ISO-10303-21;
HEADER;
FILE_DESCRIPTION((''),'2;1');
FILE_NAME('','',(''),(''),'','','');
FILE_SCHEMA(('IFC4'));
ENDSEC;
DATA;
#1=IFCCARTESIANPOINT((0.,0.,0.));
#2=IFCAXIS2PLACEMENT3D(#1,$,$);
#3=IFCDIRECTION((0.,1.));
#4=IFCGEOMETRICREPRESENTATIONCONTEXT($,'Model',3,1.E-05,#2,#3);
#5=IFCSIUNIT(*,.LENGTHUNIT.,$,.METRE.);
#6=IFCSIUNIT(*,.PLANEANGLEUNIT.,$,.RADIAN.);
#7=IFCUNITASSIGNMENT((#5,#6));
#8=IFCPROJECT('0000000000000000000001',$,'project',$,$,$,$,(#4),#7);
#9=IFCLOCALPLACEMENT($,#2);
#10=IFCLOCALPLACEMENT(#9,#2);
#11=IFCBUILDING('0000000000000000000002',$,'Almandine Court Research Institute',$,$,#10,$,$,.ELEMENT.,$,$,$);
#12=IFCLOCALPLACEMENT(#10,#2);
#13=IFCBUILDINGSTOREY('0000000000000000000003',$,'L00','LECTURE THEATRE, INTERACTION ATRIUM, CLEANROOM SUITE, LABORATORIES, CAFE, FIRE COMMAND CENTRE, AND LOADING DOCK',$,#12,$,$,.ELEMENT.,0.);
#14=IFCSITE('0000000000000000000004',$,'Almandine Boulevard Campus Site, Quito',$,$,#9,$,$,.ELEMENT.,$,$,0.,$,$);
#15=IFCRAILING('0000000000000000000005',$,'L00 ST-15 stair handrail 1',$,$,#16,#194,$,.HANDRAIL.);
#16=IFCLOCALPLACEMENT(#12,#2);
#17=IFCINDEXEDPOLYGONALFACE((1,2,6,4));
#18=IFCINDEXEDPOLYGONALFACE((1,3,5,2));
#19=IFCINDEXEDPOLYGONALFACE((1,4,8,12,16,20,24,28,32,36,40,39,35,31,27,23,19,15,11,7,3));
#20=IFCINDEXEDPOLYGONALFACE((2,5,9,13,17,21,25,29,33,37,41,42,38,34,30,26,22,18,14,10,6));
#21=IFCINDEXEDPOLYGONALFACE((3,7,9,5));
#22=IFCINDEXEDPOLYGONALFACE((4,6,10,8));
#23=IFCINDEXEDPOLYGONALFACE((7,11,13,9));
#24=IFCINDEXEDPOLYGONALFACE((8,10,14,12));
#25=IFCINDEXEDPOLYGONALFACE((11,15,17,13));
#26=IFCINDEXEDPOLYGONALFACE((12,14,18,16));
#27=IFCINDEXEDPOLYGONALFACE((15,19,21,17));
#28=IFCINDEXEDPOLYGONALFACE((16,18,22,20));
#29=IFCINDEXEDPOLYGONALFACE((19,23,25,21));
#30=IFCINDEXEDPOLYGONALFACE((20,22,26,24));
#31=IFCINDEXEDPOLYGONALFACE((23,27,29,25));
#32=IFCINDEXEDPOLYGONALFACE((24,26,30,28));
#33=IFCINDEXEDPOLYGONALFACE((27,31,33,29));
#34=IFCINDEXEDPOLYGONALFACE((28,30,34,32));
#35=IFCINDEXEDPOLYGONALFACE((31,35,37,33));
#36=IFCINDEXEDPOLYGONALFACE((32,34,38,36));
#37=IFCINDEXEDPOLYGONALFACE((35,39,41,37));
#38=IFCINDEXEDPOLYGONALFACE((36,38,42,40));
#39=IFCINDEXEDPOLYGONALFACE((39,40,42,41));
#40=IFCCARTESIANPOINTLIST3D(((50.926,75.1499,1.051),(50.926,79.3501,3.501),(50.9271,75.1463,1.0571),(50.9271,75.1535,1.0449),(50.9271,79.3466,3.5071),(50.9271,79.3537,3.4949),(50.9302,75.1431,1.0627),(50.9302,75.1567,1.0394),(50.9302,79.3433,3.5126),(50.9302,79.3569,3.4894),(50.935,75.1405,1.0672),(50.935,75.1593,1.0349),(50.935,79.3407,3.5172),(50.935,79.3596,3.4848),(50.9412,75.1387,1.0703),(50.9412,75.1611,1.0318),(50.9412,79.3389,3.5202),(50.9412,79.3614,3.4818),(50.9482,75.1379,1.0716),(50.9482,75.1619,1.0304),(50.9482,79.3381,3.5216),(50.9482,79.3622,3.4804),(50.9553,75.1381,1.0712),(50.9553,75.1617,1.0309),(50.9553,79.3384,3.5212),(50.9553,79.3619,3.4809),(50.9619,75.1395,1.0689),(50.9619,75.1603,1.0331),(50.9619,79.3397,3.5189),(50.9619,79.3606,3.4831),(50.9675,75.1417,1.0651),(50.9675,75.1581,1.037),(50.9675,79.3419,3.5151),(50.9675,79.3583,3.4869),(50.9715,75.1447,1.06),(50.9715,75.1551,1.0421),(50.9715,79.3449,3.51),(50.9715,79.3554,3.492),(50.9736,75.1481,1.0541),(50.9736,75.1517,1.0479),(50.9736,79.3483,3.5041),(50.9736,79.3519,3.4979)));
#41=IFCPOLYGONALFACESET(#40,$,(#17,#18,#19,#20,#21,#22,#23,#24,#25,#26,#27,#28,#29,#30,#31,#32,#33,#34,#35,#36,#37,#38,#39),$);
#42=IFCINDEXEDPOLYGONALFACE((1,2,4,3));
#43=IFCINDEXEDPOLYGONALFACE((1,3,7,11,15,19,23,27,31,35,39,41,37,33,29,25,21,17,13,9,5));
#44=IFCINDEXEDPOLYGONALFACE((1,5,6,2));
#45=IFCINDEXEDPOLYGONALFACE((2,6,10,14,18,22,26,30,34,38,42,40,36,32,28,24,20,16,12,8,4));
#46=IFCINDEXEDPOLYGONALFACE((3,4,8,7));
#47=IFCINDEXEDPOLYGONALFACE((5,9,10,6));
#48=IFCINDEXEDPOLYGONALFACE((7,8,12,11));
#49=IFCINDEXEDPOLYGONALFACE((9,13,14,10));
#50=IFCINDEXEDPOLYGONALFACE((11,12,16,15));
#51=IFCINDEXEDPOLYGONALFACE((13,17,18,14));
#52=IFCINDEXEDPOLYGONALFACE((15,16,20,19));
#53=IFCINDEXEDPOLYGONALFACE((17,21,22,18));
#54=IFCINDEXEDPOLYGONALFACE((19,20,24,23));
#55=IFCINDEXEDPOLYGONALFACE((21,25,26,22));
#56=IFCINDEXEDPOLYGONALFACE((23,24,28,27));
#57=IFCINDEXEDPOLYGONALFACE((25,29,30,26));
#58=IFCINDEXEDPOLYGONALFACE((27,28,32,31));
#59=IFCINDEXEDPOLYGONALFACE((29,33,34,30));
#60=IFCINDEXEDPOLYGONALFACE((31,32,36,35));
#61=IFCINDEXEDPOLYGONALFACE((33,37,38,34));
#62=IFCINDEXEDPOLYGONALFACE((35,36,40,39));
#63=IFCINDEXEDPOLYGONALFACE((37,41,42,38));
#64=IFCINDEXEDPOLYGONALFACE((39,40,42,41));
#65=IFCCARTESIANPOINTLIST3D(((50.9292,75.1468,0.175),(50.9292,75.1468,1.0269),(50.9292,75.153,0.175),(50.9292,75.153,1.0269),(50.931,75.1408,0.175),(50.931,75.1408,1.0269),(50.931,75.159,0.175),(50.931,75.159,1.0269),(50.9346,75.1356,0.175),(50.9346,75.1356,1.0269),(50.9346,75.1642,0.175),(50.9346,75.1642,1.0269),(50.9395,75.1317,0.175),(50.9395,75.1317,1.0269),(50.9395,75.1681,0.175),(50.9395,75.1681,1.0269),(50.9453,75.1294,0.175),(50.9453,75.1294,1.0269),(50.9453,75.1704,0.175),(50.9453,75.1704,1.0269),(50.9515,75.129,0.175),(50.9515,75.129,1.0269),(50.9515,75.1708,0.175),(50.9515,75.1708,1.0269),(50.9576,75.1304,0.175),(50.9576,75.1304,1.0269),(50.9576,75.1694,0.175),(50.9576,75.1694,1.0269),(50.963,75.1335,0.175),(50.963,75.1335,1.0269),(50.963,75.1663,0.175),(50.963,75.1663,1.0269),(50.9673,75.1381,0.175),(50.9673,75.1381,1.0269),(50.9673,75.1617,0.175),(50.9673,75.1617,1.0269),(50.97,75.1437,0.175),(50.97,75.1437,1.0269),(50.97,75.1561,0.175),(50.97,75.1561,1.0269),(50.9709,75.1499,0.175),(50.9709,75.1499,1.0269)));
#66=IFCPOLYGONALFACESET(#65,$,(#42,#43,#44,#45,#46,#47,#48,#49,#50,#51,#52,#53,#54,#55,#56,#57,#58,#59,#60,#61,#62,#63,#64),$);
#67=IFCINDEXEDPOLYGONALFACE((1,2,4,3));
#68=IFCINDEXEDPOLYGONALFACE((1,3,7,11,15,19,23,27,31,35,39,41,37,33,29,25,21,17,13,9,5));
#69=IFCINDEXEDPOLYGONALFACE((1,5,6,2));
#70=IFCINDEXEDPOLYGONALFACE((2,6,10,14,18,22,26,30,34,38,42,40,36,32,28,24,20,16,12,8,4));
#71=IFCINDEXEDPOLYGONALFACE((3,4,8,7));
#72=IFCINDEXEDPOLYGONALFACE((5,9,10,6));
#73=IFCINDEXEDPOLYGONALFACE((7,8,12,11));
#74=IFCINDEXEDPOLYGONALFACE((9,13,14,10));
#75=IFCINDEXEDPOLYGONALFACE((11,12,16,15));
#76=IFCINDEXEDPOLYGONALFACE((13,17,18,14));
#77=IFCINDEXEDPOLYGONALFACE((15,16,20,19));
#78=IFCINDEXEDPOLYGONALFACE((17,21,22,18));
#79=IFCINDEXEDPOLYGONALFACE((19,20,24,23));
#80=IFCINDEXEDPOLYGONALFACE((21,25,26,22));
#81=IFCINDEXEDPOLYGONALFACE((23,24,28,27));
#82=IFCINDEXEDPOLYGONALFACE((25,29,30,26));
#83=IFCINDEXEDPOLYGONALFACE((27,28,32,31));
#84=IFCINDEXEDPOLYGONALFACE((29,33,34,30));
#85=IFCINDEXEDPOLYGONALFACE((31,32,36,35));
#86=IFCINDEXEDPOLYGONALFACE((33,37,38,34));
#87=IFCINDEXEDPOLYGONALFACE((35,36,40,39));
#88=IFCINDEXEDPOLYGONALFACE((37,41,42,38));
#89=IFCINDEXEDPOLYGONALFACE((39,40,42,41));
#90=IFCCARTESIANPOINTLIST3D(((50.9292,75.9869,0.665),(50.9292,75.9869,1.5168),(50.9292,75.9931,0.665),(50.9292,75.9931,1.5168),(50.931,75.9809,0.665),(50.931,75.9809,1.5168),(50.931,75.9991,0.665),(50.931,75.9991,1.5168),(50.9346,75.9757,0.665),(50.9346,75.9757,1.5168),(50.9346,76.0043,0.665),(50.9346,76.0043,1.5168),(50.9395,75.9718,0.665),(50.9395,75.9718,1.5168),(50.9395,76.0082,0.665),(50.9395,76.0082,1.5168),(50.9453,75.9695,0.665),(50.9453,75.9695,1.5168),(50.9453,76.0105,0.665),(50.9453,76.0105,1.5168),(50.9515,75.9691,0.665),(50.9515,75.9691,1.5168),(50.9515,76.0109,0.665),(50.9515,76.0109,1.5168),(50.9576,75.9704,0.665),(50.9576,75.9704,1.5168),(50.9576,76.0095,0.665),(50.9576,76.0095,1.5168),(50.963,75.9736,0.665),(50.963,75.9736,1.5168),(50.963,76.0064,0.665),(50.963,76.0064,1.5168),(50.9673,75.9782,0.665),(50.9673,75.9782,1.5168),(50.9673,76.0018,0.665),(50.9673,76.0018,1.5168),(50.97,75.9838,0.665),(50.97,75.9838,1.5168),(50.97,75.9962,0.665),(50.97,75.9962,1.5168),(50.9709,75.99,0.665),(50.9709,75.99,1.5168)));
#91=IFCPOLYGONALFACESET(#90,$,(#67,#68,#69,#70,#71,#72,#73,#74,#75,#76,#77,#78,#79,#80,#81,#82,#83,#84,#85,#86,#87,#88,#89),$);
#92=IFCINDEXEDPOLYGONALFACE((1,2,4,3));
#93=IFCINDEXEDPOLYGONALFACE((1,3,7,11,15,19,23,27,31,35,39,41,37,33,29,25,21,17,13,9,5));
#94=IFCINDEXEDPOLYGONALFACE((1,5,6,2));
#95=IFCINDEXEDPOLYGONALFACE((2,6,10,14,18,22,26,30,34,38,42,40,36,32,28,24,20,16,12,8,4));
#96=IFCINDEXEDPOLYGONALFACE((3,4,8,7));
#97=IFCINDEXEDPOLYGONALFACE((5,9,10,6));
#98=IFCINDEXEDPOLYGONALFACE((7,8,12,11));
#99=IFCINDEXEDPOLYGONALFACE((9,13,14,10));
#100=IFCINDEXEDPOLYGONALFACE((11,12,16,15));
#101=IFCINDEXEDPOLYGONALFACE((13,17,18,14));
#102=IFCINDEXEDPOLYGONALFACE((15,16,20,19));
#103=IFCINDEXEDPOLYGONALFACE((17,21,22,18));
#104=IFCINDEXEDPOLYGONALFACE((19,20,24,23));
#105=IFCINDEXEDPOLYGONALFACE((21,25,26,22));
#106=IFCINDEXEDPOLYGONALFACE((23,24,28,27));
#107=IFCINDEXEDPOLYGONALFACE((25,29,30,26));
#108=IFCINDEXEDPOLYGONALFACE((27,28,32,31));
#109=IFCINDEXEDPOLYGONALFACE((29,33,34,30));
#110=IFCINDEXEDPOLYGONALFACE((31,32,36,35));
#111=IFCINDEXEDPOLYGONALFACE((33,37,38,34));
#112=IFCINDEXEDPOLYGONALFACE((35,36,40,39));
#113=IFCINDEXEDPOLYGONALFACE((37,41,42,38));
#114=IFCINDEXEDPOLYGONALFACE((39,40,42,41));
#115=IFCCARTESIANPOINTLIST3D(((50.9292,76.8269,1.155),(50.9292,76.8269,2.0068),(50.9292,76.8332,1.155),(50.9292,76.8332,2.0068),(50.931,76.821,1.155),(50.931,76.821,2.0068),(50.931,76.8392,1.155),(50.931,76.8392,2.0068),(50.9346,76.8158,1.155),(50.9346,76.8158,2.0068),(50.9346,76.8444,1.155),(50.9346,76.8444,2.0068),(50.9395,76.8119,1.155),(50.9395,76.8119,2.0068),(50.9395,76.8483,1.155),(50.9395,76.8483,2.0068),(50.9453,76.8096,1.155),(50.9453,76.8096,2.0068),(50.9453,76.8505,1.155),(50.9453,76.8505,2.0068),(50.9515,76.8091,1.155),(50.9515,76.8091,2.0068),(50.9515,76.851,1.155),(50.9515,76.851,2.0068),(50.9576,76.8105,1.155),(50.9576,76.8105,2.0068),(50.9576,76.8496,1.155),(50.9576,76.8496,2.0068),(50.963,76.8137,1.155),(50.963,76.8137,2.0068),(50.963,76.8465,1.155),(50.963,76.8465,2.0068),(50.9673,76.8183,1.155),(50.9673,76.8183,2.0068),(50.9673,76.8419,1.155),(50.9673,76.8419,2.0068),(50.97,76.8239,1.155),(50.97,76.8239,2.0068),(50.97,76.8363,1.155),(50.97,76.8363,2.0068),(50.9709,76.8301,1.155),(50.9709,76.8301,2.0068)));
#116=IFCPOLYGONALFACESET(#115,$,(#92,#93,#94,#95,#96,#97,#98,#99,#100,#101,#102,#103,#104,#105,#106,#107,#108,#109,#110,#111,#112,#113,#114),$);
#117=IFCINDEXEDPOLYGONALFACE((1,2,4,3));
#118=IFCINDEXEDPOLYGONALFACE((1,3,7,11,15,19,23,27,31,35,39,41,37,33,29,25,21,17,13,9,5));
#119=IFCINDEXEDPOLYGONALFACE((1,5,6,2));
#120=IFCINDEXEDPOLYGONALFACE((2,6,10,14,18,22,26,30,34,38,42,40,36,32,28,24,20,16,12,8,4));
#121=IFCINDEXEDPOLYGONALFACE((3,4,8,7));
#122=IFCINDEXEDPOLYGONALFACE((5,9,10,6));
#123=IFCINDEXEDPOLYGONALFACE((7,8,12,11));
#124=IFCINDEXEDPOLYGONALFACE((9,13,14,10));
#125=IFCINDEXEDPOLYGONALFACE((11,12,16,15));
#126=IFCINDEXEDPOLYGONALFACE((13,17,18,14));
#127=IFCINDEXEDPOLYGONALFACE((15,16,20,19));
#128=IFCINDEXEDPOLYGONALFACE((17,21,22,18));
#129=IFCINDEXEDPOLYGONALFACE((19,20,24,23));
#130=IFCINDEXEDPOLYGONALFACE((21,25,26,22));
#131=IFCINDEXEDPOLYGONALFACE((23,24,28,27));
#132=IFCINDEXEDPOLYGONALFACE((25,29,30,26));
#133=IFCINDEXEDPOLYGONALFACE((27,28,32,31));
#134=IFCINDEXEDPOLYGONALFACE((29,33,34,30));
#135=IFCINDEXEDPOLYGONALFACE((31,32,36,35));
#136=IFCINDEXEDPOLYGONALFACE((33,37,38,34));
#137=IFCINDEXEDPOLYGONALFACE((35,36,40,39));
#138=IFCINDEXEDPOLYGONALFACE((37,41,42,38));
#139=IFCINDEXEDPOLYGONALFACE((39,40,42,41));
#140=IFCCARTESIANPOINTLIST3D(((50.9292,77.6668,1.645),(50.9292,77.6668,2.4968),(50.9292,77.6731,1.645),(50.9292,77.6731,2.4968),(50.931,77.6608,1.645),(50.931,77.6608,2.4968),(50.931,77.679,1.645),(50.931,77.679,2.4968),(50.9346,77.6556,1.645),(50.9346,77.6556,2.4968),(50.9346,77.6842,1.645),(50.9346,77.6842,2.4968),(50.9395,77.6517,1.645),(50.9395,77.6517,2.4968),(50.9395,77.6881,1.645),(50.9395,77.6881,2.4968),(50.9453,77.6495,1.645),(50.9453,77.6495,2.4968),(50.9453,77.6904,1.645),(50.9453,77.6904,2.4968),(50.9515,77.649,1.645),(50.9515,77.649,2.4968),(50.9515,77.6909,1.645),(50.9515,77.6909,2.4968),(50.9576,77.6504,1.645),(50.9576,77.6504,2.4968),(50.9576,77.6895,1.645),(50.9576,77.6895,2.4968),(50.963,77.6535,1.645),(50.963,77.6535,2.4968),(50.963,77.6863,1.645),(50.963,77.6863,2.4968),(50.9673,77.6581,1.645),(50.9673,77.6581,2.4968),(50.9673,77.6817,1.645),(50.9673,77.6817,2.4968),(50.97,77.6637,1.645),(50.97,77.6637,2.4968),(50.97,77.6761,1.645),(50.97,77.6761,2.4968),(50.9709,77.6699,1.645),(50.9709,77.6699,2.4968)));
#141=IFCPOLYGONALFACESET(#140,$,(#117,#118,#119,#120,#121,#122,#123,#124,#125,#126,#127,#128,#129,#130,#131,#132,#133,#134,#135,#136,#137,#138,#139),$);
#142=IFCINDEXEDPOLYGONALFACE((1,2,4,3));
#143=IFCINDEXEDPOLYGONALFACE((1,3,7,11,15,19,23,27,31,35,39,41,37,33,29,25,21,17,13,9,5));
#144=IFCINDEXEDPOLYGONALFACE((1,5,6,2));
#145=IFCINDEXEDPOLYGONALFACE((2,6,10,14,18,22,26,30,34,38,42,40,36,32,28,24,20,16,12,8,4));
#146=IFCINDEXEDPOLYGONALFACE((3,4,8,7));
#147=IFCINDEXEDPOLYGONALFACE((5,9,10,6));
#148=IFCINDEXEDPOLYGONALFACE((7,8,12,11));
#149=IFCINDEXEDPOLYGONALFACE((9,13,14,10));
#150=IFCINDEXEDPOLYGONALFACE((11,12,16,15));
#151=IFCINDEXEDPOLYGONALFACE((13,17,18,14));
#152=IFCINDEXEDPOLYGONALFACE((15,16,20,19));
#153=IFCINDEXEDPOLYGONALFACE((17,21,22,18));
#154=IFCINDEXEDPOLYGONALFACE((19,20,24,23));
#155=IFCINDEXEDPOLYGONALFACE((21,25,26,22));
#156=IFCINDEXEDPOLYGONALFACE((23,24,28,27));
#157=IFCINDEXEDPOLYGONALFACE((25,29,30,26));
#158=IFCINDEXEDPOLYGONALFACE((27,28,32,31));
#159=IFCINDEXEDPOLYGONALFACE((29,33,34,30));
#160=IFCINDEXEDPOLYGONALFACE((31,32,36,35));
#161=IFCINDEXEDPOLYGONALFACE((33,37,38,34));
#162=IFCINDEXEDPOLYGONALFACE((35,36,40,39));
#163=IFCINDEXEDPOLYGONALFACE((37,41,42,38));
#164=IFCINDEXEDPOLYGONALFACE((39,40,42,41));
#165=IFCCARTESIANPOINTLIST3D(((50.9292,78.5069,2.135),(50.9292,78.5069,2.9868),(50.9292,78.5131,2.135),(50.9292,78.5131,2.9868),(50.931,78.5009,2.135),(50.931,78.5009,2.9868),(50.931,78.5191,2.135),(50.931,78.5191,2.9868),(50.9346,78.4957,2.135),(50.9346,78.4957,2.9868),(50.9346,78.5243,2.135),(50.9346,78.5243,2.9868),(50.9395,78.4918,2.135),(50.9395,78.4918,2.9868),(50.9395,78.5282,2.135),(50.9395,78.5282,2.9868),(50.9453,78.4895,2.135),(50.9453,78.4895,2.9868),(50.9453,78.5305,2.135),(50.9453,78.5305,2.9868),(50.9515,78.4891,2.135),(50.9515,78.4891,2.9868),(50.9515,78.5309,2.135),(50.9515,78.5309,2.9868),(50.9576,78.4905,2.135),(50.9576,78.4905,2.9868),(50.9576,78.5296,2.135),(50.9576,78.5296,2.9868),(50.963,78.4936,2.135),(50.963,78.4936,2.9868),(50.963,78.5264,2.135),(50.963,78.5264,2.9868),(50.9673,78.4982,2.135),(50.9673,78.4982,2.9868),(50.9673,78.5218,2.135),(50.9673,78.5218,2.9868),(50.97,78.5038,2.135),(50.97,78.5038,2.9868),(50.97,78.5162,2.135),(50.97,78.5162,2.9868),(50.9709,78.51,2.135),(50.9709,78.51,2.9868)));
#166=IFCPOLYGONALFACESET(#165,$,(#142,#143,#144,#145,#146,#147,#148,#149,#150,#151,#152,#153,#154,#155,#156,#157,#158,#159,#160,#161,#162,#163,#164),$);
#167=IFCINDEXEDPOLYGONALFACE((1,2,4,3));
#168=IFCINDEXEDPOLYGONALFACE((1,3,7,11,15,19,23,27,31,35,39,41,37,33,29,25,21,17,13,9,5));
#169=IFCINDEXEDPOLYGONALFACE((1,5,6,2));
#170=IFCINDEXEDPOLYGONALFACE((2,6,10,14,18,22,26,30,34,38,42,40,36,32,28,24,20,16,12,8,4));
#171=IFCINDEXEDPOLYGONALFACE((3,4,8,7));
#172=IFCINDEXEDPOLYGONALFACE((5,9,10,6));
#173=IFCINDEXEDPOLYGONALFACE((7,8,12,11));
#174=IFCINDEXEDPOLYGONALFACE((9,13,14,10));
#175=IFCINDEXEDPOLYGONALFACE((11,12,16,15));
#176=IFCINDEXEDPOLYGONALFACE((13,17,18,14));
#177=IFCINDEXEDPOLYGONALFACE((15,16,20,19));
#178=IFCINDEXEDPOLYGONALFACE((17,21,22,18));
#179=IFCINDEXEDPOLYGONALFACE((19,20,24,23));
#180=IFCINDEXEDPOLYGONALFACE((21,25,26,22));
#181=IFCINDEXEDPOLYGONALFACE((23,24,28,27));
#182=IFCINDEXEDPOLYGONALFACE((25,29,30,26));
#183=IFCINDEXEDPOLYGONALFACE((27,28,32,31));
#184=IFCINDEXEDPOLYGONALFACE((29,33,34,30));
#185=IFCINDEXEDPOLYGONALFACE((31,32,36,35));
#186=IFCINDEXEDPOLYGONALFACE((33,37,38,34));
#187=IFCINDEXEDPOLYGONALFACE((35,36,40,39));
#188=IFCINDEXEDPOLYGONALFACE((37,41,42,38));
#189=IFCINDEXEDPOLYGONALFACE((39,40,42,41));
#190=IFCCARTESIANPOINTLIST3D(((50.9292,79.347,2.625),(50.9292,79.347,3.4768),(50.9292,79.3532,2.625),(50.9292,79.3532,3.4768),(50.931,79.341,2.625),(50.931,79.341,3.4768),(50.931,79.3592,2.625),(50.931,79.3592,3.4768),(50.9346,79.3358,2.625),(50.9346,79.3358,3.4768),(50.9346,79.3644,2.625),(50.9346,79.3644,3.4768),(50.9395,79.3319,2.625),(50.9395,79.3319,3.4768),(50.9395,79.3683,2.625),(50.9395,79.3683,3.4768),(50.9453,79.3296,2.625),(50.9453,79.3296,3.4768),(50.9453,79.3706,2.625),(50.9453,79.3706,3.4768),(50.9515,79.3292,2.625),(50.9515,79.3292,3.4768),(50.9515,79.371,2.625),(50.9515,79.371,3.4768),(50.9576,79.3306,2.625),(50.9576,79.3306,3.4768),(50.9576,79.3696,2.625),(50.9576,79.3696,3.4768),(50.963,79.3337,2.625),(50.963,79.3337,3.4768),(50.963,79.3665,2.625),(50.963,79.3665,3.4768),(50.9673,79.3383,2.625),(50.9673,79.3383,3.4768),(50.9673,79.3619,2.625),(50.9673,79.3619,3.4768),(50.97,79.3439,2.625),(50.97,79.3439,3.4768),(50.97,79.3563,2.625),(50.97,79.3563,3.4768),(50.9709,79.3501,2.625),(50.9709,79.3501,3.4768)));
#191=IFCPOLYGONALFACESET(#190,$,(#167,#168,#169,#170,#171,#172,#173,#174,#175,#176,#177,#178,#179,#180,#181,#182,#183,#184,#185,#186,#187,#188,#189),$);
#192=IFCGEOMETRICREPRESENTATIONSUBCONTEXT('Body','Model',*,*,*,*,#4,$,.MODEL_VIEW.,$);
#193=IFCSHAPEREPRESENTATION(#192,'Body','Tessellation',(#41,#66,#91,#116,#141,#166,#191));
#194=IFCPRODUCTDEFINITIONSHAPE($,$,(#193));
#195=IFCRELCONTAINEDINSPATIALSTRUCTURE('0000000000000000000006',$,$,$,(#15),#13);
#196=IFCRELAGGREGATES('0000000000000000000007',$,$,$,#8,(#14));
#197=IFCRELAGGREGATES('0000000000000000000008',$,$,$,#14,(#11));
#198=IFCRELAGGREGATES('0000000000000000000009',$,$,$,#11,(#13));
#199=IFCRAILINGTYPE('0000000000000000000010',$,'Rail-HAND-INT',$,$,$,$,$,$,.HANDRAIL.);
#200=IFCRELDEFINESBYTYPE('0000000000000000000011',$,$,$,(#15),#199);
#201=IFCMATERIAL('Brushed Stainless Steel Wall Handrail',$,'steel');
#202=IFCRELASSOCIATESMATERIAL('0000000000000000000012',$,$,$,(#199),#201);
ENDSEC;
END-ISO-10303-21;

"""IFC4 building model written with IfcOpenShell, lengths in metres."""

from ifc_helpers import new_model, si_unit, direction, frame, origin, origin_2d, place, context, subcontext, project, spatial, circle, extrude, material, type_object, element, save


model = new_model("IFC4")

# Units and contexts
model_context = context("Model", 3, precision=1e-05, world=origin(), true_north=direction((0.0, 1.0)))
body_context = subcontext(model_context, "Body", "Model", "MODEL_VIEW")
ifc_project = project(units=[si_unit("LENGTHUNIT", "METRE"), si_unit("PLANEANGLEUNIT", "RADIAN")], contexts=[model_context])

# Site, building, storey
site_placement = place(None, origin())
site = spatial("IfcSite", under=ifc_project, at=site_placement, Name="Almandine Boulevard Campus Site, Quito", CompositionType="ELEMENT", RefElevation=0.0)
building_placement = place(site_placement, origin())
building = spatial("IfcBuilding", under=site, at=building_placement, Name="Almandine Court Research Institute", CompositionType="ELEMENT")
storey_placement = place(building_placement, origin())
storey = spatial("IfcBuildingStorey", under=building, at=storey_placement, Name="L00", Description="LECTURE THEATRE, INTERACTION ATRIUM, CLEANROOM SUITE, LABORATORIES, CAFE, FIRE COMMAND CENTRE, AND LOADING DOCK", CompositionType="ELEMENT", Elevation=0.0)

# Railing
ifc_material_1 = material(Name="Brushed Stainless Steel Wall Handrail", Category="steel")
railing_type_1 = type_object("IfcRailingType", Name="Rail-HAND-INT", PredefinedType="HANDRAIL", material=ifc_material_1)
railing_1_placement = place(storey_placement, frame((50.95, 75.1499, 0.175)))
element("IfcRailing", 1, at=railing_1_placement, inside=storey, type_object=railing_type_1, Name="L00 ST-15 stair handrail 1", PredefinedType="HANDRAIL", context=body_context, shape_type="SweptSolid", body=[
    extrude(circle(Radius=0.0239, at=origin_2d()), frame((0.0, 0.0, 0.876), z_axis=(0.0, 0.863793, 0.503846), x_axis=(-1.0, 0.0, 0.0)), (0.0, 0.0, 1.0), 4.8625),
    extrude(circle(Radius=0.021, at=origin_2d()), origin(), (0.0, 0.0, 1.0), 0.8518),
    extrude(circle(Radius=0.021, at=origin_2d()), frame((0.0, 0.8401, 0.49)), (0.0, 0.0, 1.0), 0.8518),
    extrude(circle(Radius=0.021, at=origin_2d()), frame((0.0, 1.6802, 0.98)), (0.0, 0.0, 1.0), 0.8518),
    extrude(circle(Radius=0.021, at=origin_2d()), frame((0.0, 2.52, 1.47)), (0.0, 0.0, 1.0), 0.8518),
    extrude(circle(Radius=0.021, at=origin_2d()), frame((0.0, 3.3601, 1.96)), (0.0, 0.0, 1.0), 0.8518),
    extrude(circle(Radius=0.021, at=origin_2d()), frame((0.0, 4.2002, 2.45)), (0.0, 0.0, 1.0), 0.8518),
])

save(model, "model.ifc")
